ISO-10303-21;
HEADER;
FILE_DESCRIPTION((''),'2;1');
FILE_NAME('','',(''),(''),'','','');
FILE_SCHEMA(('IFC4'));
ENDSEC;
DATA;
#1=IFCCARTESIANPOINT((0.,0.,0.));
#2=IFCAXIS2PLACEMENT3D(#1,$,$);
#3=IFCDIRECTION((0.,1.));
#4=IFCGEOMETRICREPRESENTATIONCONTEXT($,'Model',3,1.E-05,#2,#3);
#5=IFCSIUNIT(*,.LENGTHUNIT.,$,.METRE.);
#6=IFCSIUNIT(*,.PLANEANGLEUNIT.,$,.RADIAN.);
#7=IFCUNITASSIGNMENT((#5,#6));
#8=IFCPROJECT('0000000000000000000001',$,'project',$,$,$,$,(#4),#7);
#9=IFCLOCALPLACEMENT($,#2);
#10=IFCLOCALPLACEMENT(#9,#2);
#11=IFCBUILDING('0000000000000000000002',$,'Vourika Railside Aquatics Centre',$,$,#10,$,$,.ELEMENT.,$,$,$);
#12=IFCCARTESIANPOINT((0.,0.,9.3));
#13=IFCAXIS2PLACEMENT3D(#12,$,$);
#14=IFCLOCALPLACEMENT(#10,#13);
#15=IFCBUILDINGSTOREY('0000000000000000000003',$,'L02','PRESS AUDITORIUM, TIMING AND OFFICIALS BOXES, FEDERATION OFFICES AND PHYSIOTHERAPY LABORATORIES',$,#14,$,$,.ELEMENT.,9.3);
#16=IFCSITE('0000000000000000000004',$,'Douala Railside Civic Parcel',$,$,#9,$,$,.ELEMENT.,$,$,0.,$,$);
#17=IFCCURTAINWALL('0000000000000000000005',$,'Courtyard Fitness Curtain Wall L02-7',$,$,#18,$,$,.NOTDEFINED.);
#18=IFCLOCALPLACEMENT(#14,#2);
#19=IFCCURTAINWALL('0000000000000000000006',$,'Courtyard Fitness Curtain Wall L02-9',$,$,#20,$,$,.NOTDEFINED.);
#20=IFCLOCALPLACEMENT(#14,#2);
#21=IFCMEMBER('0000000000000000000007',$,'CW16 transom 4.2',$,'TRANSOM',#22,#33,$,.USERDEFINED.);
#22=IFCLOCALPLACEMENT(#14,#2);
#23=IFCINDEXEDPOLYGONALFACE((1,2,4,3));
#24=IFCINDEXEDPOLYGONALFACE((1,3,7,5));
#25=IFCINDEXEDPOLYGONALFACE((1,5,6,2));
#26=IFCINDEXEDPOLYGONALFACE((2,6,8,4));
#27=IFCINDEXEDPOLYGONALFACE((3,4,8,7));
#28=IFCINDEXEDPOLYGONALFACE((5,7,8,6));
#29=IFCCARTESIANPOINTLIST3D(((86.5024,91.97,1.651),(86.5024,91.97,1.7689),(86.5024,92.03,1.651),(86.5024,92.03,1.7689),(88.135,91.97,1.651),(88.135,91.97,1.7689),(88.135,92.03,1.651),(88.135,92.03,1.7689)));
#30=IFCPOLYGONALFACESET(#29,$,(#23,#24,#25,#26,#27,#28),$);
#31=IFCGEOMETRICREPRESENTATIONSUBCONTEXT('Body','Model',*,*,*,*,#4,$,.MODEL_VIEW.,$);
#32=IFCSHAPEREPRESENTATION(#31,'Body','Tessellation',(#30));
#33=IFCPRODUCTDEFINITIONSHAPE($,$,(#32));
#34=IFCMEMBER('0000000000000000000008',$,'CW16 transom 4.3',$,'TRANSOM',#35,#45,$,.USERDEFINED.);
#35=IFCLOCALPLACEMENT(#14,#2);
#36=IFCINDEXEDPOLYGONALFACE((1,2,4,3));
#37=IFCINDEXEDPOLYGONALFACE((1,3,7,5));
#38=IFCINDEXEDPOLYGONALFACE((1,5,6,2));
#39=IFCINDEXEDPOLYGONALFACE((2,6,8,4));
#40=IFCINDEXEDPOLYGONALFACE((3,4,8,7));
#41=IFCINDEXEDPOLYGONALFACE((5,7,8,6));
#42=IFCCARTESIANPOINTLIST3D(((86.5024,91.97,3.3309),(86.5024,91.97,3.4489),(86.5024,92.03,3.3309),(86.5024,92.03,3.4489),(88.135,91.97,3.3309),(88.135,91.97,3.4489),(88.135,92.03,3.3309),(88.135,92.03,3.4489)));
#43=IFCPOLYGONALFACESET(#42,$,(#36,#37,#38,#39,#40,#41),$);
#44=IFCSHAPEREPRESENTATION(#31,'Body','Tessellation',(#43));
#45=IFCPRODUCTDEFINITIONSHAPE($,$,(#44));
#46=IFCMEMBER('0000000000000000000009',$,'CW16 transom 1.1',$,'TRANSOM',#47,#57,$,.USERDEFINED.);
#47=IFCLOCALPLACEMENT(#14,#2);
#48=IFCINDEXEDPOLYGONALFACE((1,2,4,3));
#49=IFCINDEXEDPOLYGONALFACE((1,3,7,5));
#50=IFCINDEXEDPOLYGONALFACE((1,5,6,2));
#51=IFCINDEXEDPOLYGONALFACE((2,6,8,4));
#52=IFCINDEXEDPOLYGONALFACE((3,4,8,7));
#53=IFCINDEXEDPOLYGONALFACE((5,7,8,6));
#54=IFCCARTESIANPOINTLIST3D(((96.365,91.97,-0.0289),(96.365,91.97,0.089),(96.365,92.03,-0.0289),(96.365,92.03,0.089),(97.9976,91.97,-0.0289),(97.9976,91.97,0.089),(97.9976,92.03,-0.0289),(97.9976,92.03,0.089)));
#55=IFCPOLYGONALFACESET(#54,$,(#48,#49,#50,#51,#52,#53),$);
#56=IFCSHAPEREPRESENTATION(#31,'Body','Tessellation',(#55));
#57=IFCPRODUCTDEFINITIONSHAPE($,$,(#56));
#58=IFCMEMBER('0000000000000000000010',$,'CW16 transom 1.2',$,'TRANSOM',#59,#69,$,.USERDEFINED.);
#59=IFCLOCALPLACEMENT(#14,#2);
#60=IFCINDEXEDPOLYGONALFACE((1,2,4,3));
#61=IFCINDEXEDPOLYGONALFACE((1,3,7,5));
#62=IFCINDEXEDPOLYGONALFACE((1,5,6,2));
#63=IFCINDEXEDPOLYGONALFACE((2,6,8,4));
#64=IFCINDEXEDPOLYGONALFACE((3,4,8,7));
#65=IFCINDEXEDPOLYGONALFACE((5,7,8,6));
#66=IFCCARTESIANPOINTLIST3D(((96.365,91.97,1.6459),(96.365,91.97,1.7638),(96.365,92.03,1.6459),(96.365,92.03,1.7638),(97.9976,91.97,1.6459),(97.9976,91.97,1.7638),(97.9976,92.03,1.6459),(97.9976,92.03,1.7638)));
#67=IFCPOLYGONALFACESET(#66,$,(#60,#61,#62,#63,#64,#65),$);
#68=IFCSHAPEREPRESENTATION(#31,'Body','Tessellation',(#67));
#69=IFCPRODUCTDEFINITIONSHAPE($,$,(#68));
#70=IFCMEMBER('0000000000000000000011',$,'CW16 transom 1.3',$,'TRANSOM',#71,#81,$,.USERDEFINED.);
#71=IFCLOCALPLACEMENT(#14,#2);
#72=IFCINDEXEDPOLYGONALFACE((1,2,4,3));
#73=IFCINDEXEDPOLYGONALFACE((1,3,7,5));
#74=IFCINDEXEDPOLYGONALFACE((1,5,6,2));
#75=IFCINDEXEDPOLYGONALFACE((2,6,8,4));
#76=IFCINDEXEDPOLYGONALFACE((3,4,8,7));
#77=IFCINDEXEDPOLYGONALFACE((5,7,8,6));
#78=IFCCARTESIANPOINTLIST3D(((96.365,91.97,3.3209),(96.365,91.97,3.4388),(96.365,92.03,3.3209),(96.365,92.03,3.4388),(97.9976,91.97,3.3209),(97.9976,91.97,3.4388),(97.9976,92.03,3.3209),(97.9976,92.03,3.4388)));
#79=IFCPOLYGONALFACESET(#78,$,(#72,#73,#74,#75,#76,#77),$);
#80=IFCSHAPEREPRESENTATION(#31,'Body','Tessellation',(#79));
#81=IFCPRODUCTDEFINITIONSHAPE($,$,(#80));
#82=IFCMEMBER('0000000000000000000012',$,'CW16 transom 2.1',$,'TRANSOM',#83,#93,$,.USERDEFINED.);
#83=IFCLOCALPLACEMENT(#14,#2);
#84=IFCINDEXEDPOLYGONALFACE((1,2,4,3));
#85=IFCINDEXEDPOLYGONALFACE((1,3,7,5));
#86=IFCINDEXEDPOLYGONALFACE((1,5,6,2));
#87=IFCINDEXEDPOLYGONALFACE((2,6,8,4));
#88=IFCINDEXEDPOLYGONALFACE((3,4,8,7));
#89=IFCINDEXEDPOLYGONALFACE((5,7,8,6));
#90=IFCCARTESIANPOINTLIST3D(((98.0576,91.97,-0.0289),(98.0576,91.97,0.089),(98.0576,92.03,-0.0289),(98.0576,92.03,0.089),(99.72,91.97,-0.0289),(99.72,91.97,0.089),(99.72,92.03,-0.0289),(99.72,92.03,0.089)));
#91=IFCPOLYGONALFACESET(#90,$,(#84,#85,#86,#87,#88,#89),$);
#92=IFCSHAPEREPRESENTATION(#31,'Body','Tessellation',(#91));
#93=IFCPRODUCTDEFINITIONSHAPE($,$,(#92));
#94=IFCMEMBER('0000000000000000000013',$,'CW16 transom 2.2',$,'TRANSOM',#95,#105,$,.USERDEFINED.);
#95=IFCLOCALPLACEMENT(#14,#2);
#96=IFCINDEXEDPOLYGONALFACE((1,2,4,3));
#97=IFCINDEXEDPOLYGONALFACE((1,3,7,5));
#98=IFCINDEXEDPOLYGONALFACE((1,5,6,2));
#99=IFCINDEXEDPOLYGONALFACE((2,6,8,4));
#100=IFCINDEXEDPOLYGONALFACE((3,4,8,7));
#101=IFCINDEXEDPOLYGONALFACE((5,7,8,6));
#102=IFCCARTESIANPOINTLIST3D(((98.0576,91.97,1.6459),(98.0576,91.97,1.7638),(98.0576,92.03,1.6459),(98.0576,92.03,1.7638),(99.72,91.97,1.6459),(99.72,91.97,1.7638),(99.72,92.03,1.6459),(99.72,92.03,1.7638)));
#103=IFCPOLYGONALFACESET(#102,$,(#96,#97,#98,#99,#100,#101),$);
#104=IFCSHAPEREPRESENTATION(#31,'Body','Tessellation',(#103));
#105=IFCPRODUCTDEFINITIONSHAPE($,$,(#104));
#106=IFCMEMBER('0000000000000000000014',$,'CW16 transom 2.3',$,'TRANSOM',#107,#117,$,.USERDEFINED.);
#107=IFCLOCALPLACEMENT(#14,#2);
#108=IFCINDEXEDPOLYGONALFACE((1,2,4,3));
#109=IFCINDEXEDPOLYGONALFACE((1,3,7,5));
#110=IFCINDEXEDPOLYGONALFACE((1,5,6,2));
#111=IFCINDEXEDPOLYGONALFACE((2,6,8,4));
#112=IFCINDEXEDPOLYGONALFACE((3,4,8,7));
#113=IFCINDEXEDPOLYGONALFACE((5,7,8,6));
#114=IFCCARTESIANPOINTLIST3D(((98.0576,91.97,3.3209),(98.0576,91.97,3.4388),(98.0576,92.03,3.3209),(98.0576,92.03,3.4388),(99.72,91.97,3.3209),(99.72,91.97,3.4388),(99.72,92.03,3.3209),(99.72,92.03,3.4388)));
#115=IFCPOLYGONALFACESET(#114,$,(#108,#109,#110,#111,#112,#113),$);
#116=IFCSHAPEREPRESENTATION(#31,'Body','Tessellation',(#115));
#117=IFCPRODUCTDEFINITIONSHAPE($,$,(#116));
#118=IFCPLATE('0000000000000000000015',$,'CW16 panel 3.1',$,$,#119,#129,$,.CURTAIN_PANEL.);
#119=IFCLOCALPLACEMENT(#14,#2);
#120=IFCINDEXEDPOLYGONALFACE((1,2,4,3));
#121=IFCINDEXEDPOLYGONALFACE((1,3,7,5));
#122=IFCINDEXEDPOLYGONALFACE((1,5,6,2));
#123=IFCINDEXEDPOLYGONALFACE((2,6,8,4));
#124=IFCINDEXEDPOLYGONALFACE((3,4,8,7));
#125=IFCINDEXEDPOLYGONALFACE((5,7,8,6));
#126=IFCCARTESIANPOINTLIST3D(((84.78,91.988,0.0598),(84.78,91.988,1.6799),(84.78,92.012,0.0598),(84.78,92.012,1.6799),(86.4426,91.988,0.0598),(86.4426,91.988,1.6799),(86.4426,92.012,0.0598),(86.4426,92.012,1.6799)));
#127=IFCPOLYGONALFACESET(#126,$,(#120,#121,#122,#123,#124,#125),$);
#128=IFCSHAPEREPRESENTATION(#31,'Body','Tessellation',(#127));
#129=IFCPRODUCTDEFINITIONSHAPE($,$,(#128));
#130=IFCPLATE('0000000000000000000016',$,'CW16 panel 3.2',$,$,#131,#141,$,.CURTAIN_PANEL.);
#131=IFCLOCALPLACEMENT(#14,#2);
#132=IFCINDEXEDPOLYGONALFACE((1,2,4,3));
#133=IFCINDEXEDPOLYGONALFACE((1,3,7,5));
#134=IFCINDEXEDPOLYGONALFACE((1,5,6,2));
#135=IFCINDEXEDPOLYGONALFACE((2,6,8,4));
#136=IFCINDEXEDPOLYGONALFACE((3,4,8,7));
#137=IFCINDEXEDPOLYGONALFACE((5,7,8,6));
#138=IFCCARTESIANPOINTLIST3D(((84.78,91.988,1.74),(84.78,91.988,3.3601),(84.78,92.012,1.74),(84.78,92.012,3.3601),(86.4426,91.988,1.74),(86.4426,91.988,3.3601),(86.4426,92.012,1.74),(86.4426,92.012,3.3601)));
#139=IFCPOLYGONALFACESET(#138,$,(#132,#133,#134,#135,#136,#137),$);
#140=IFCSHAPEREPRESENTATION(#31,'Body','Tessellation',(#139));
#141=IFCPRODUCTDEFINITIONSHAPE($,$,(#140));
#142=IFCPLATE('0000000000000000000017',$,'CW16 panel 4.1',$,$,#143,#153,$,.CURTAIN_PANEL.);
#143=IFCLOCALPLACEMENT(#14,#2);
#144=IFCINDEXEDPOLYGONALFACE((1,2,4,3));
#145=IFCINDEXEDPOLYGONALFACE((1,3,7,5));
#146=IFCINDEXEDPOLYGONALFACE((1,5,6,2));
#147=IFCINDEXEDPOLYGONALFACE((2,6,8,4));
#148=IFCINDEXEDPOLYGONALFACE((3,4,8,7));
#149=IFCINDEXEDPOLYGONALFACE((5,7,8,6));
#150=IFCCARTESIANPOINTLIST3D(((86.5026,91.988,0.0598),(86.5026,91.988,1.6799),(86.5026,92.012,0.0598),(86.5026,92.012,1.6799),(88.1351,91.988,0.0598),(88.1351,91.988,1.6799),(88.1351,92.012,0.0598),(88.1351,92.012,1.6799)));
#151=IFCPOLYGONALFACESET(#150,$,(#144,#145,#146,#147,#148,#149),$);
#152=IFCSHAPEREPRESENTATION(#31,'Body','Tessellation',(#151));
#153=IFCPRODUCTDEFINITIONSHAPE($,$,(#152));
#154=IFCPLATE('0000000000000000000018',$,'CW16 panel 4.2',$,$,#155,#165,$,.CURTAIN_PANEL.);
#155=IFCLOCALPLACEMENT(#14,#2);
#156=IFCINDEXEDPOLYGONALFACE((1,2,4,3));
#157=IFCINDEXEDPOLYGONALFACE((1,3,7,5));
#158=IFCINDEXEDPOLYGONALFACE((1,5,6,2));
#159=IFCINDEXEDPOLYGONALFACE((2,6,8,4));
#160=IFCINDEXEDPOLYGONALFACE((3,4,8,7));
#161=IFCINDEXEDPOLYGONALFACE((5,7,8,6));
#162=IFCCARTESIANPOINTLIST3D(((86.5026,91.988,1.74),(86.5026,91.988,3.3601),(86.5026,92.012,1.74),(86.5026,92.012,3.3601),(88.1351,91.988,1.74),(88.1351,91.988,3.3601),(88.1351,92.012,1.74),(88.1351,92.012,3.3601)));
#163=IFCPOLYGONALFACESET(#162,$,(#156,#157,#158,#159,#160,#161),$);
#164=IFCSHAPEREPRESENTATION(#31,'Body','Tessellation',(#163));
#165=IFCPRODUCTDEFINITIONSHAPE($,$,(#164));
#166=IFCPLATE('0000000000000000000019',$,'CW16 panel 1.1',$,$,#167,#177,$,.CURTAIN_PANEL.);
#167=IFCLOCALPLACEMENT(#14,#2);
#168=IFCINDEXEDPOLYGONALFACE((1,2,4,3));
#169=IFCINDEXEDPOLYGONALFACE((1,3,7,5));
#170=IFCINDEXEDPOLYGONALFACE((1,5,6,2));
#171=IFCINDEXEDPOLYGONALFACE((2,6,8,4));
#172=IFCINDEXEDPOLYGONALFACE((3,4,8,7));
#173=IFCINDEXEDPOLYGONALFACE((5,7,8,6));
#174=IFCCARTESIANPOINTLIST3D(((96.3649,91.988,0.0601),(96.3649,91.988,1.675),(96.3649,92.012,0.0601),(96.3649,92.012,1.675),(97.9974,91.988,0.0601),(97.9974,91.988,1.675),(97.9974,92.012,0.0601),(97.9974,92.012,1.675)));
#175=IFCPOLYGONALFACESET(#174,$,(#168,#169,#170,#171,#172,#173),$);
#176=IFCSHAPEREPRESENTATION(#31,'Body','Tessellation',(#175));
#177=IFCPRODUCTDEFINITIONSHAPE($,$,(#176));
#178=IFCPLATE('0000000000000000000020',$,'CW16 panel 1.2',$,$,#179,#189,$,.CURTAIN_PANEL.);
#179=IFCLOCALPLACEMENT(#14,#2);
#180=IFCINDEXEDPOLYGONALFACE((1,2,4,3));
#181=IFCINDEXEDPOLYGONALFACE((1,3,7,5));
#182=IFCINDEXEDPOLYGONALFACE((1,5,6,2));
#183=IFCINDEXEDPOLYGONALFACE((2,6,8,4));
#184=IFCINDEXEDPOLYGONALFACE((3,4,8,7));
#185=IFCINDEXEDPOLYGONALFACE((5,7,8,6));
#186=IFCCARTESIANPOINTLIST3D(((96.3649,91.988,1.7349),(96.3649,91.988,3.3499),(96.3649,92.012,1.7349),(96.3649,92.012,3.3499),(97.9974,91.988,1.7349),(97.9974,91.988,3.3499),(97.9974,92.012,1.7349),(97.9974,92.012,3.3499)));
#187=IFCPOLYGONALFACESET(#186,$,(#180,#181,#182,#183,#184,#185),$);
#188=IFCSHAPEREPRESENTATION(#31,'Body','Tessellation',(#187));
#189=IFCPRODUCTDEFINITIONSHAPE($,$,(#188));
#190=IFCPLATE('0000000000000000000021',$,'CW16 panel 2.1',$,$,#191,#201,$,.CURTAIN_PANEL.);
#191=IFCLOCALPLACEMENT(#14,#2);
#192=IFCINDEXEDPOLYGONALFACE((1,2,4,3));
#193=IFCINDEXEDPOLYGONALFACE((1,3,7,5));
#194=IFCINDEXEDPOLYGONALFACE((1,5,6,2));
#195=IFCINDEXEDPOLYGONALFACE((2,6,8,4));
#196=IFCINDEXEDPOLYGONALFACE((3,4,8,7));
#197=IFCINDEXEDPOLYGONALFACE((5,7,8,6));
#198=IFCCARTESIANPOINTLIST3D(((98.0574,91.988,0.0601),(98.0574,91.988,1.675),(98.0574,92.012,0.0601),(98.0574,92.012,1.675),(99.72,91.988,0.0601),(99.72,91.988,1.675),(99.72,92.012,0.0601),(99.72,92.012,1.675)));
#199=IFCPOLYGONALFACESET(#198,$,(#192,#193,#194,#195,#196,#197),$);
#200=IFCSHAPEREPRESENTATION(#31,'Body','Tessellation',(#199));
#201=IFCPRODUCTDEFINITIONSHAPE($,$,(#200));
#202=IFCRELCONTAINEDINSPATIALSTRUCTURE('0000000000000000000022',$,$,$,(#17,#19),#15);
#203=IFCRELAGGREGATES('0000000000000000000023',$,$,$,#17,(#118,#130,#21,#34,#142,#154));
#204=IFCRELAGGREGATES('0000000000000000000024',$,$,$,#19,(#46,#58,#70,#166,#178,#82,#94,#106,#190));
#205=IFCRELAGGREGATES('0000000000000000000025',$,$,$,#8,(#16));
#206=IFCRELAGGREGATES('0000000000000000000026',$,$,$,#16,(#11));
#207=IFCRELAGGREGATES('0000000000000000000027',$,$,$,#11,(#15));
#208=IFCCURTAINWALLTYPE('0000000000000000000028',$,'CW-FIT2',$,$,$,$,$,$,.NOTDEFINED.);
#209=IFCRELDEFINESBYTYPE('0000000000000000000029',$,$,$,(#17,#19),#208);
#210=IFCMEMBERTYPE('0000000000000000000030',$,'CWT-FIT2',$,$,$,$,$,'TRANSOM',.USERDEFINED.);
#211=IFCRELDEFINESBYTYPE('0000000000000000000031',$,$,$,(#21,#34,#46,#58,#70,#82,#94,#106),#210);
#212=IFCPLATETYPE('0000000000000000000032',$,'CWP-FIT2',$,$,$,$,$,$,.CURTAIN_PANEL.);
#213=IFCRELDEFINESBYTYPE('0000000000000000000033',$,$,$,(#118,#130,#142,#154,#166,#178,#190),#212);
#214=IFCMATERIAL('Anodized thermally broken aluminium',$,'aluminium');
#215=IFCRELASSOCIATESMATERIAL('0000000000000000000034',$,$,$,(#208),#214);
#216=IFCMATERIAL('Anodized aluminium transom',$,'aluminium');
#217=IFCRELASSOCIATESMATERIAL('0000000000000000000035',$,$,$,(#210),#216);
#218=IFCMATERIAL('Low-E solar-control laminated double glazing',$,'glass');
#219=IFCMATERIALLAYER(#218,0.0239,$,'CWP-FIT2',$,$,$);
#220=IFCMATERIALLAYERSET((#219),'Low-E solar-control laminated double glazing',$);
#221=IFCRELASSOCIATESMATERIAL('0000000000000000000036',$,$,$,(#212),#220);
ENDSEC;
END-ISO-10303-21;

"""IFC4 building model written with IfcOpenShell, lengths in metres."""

from ifc_helpers import new_model, si_unit, direction, frame, origin, origin_2d, place, context, subcontext, project, spatial, rectangle, extrude, material, layer, layer_set, material_profile, profile_set, type_object, element, aggregate, save


model = new_model("IFC4")

# Units and contexts
model_context = context("Model", 3, precision=1e-05, world=origin(), true_north=direction((0.0, 1.0)))
body_context = subcontext(model_context, "Body", "Model", "MODEL_VIEW")
ifc_project = project(units=[si_unit("LENGTHUNIT", "METRE"), si_unit("PLANEANGLEUNIT", "RADIAN")], contexts=[model_context])

# Site, building, storey
site_placement = place(None, origin())
site = spatial("IfcSite", under=ifc_project, at=site_placement, Name="Douala Railside Civic Parcel", CompositionType="ELEMENT", RefElevation=0.0)
building_placement = place(site_placement, origin())
building = spatial("IfcBuilding", under=site, at=building_placement, Name="Vourika Railside Aquatics Centre", CompositionType="ELEMENT")
storey_placement = place(building_placement, frame((0.0, 0.0, 9.3)))
storey = spatial("IfcBuildingStorey", under=building, at=storey_placement, Name="L02", Description="PRESS AUDITORIUM, TIMING AND OFFICIALS BOXES, FEDERATION OFFICES AND PHYSIOTHERAPY LABORATORIES", CompositionType="ELEMENT", Elevation=9.3)

# Curtain walls
ifc_material_1 = material(Name="Anodized thermally broken aluminium", Category="aluminium")
curtain_wall_type = type_object("IfcCurtainWallType", Name="CW-FIT2", PredefinedType="NOTDEFINED", material=ifc_material_1)
curtain_wall_1_placement = place(storey_placement, origin())
curtain_wall_1 = element("IfcCurtainWall", 1, at=curtain_wall_1_placement, inside=storey, type_object=curtain_wall_type, Name="Courtyard Fitness Curtain Wall L02-7", PredefinedType="NOTDEFINED")
curtain_wall_2_placement = place(storey_placement, origin())
curtain_wall_2 = element("IfcCurtainWall", 2, at=curtain_wall_2_placement, inside=storey, type_object=curtain_wall_type, Name="Courtyard Fitness Curtain Wall L02-9", PredefinedType="NOTDEFINED")

# Members
ifc_material_2 = material(Name="Anodized aluminium transom", Category="aluminium")
ifc_material_profile_1 = material_profile(ifc_material_2, rectangle(XDim=0.0601, YDim=0.1179, at=origin_2d()), Name="ALU-T 60x118")
ifc_profile_set_1 = profile_set([ifc_material_profile_1], Name="Anodized aluminium transom")
member_type_1 = type_object("IfcMemberType", Name="CWT-FIT2", ElementType="TRANSOM", PredefinedType="USERDEFINED", material=ifc_profile_set_1)
member_1_placement = place(storey_placement, frame((86.5024, 92.0, 1.71), z_axis=(1.0, 0.0, 0.0), x_axis=(0.0, 1.0, 0.0)))
member_1 = element("IfcMember", 3, at=member_1_placement, type_object=member_type_1, Name="CW16 transom 4.2", ObjectType="TRANSOM", PredefinedType="USERDEFINED", context=body_context, shape_type="SweptSolid", body=[
    extrude(rectangle(XDim=0.0601, YDim=0.1179, at=origin_2d()), origin(), (0.0, 0.0, 1.0), 1.6326),
])
member_2_placement = place(storey_placement, frame((86.5024, 92.0, 3.3899), z_axis=(1.0, 0.0, 0.0), x_axis=(0.0, 1.0, 0.0)))
member_2 = element("IfcMember", 4, at=member_2_placement, type_object=member_type_1, Name="CW16 transom 4.3", ObjectType="TRANSOM", PredefinedType="USERDEFINED", context=body_context, shape_type="SweptSolid", body=[
    extrude(rectangle(XDim=0.0601, YDim=0.1179, at=origin_2d()), origin(), (0.0, 0.0, 1.0), 1.6326),
])
member_3_placement = place(storey_placement, frame((96.365, 92.0, 0.03), z_axis=(1.0, 0.0, 0.0), x_axis=(0.0, 1.0, 0.0)))
member_3 = element("IfcMember", 5, at=member_3_placement, type_object=member_type_1, Name="CW16 transom 1.1", ObjectType="TRANSOM", PredefinedType="USERDEFINED", context=body_context, shape_type="SweptSolid", body=[
    extrude(rectangle(XDim=0.0601, YDim=0.1179, at=origin_2d()), origin(), (0.0, 0.0, 1.0), 1.6326),
])
member_4_placement = place(storey_placement, frame((96.365, 92.0, 1.7048), z_axis=(1.0, 0.0, 0.0), x_axis=(0.0, 1.0, 0.0)))
member_4 = element("IfcMember", 6, at=member_4_placement, type_object=member_type_1, Name="CW16 transom 1.2", ObjectType="TRANSOM", PredefinedType="USERDEFINED", context=body_context, shape_type="SweptSolid", body=[
    extrude(rectangle(XDim=0.0601, YDim=0.1179, at=origin_2d()), origin(), (0.0, 0.0, 1.0), 1.6326),
])
member_5_placement = place(storey_placement, frame((96.365, 92.0, 3.3799), z_axis=(1.0, 0.0, 0.0), x_axis=(0.0, 1.0, 0.0)))
member_5 = element("IfcMember", 7, at=member_5_placement, type_object=member_type_1, Name="CW16 transom 1.3", ObjectType="TRANSOM", PredefinedType="USERDEFINED", context=body_context, shape_type="SweptSolid", body=[
    extrude(rectangle(XDim=0.0601, YDim=0.1179, at=origin_2d()), origin(), (0.0, 0.0, 1.0), 1.6326),
])
member_6_placement = place(storey_placement, frame((98.0576, 92.0, 0.03), z_axis=(1.0, 0.0, 0.0), x_axis=(0.0, 1.0, 0.0)))
member_6 = element("IfcMember", 8, at=member_6_placement, type_object=member_type_1, Name="CW16 transom 2.1", ObjectType="TRANSOM", PredefinedType="USERDEFINED", context=body_context, shape_type="SweptSolid", body=[
    extrude(rectangle(XDim=0.0601, YDim=0.1179, at=origin_2d()), origin(), (0.0, 0.0, 1.0), 1.6624),
])
member_7_placement = place(storey_placement, frame((98.0576, 92.0, 1.7048), z_axis=(1.0, 0.0, 0.0), x_axis=(0.0, 1.0, 0.0)))
member_7 = element("IfcMember", 9, at=member_7_placement, type_object=member_type_1, Name="CW16 transom 2.2", ObjectType="TRANSOM", PredefinedType="USERDEFINED", context=body_context, shape_type="SweptSolid", body=[
    extrude(rectangle(XDim=0.0601, YDim=0.1179, at=origin_2d()), origin(), (0.0, 0.0, 1.0), 1.6624),
])
member_8_placement = place(storey_placement, frame((98.0576, 92.0, 3.3799), z_axis=(1.0, 0.0, 0.0), x_axis=(0.0, 1.0, 0.0)))
member_8 = element("IfcMember", 10, at=member_8_placement, type_object=member_type_1, Name="CW16 transom 2.3", ObjectType="TRANSOM", PredefinedType="USERDEFINED", context=body_context, shape_type="SweptSolid", body=[
    extrude(rectangle(XDim=0.0601, YDim=0.1179, at=origin_2d()), origin(), (0.0, 0.0, 1.0), 1.6624),
])

# Plates
ifc_material_3 = material(Name="Low-E solar-control laminated double glazing", Category="glass")
ifc_layer_1 = layer(ifc_material_3, 0.0239, Name="CWP-FIT2")
ifc_layer_set_1 = layer_set([ifc_layer_1], Name="Low-E solar-control laminated double glazing")
plate_type = type_object("IfcPlateType", Name="CWP-FIT2", PredefinedType="CURTAIN_PANEL", material=ifc_layer_set_1)
plate_1_placement = place(storey_placement, frame((85.6113, 92.0, 0.0598), z_axis=(0.0, 0.0, 1.0), x_axis=(1.0, 0.0, 0.0)))
plate_1 = element("IfcPlate", 11, at=plate_1_placement, type_object=plate_type, Name="CW16 panel 3.1", PredefinedType="CURTAIN_PANEL", context=body_context, shape_type="SweptSolid", body=[
    extrude(rectangle(XDim=1.6626, YDim=0.0239, at=origin_2d()), origin(), (0.0, 0.0, 1.0), 1.6201),
])
plate_2_placement = place(storey_placement, frame((85.6113, 92.0, 1.74), z_axis=(0.0, 0.0, 1.0), x_axis=(1.0, 0.0, 0.0)))
plate_2 = element("IfcPlate", 12, at=plate_2_placement, type_object=plate_type, Name="CW16 panel 3.2", PredefinedType="CURTAIN_PANEL", context=body_context, shape_type="SweptSolid", body=[
    extrude(rectangle(XDim=1.6626, YDim=0.0239, at=origin_2d()), origin(), (0.0, 0.0, 1.0), 1.6201),
])
plate_3_placement = place(storey_placement, frame((87.3188, 92.0, 0.0598), z_axis=(0.0, 0.0, 1.0), x_axis=(1.0, 0.0, 0.0)))
plate_3 = element("IfcPlate", 13, at=plate_3_placement, type_object=plate_type, Name="CW16 panel 4.1", PredefinedType="CURTAIN_PANEL", context=body_context, shape_type="SweptSolid", body=[
    extrude(rectangle(XDim=1.6326, YDim=0.0239, at=origin_2d()), origin(), (0.0, 0.0, 1.0), 1.6201),
])
plate_4_placement = place(storey_placement, frame((87.3188, 92.0, 1.74), z_axis=(0.0, 0.0, 1.0), x_axis=(1.0, 0.0, 0.0)))
plate_4 = element("IfcPlate", 14, at=plate_4_placement, type_object=plate_type, Name="CW16 panel 4.2", PredefinedType="CURTAIN_PANEL", context=body_context, shape_type="SweptSolid", body=[
    extrude(rectangle(XDim=1.6326, YDim=0.0239, at=origin_2d()), origin(), (0.0, 0.0, 1.0), 1.6201),
])
aggregate(curtain_wall_1, [plate_1, plate_2, member_1, member_2, plate_3, plate_4])
plate_5_placement = place(storey_placement, frame((97.1812, 92.0, 0.0601), z_axis=(0.0, 0.0, 1.0), x_axis=(1.0, 0.0, 0.0)))
plate_5 = element("IfcPlate", 15, at=plate_5_placement, type_object=plate_type, Name="CW16 panel 1.1", PredefinedType="CURTAIN_PANEL", context=body_context, shape_type="SweptSolid", body=[
    extrude(rectangle(XDim=1.6326, YDim=0.0239, at=origin_2d()), origin(), (0.0, 0.0, 1.0), 1.615),
])
plate_6_placement = place(storey_placement, frame((97.1812, 92.0, 1.7349), z_axis=(0.0, 0.0, 1.0), x_axis=(1.0, 0.0, 0.0)))
plate_6 = element("IfcPlate", 16, at=plate_6_placement, type_object=plate_type, Name="CW16 panel 1.2", PredefinedType="CURTAIN_PANEL", context=body_context, shape_type="SweptSolid", body=[
    extrude(rectangle(XDim=1.6326, YDim=0.0239, at=origin_2d()), origin(), (0.0, 0.0, 1.0), 1.615),
])
plate_7_placement = place(storey_placement, frame((98.8887, 92.0, 0.0601), z_axis=(0.0, 0.0, 1.0), x_axis=(1.0, 0.0, 0.0)))
plate_7 = element("IfcPlate", 17, at=plate_7_placement, type_object=plate_type, Name="CW16 panel 2.1", PredefinedType="CURTAIN_PANEL", context=body_context, shape_type="SweptSolid", body=[
    extrude(rectangle(XDim=1.6626, YDim=0.0239, at=origin_2d()), origin(), (0.0, 0.0, 1.0), 1.615),
])
aggregate(curtain_wall_2, [member_3, member_4, member_5, plate_5, plate_6, member_6, member_7, member_8, plate_7])

save(model, "model.ifc")
